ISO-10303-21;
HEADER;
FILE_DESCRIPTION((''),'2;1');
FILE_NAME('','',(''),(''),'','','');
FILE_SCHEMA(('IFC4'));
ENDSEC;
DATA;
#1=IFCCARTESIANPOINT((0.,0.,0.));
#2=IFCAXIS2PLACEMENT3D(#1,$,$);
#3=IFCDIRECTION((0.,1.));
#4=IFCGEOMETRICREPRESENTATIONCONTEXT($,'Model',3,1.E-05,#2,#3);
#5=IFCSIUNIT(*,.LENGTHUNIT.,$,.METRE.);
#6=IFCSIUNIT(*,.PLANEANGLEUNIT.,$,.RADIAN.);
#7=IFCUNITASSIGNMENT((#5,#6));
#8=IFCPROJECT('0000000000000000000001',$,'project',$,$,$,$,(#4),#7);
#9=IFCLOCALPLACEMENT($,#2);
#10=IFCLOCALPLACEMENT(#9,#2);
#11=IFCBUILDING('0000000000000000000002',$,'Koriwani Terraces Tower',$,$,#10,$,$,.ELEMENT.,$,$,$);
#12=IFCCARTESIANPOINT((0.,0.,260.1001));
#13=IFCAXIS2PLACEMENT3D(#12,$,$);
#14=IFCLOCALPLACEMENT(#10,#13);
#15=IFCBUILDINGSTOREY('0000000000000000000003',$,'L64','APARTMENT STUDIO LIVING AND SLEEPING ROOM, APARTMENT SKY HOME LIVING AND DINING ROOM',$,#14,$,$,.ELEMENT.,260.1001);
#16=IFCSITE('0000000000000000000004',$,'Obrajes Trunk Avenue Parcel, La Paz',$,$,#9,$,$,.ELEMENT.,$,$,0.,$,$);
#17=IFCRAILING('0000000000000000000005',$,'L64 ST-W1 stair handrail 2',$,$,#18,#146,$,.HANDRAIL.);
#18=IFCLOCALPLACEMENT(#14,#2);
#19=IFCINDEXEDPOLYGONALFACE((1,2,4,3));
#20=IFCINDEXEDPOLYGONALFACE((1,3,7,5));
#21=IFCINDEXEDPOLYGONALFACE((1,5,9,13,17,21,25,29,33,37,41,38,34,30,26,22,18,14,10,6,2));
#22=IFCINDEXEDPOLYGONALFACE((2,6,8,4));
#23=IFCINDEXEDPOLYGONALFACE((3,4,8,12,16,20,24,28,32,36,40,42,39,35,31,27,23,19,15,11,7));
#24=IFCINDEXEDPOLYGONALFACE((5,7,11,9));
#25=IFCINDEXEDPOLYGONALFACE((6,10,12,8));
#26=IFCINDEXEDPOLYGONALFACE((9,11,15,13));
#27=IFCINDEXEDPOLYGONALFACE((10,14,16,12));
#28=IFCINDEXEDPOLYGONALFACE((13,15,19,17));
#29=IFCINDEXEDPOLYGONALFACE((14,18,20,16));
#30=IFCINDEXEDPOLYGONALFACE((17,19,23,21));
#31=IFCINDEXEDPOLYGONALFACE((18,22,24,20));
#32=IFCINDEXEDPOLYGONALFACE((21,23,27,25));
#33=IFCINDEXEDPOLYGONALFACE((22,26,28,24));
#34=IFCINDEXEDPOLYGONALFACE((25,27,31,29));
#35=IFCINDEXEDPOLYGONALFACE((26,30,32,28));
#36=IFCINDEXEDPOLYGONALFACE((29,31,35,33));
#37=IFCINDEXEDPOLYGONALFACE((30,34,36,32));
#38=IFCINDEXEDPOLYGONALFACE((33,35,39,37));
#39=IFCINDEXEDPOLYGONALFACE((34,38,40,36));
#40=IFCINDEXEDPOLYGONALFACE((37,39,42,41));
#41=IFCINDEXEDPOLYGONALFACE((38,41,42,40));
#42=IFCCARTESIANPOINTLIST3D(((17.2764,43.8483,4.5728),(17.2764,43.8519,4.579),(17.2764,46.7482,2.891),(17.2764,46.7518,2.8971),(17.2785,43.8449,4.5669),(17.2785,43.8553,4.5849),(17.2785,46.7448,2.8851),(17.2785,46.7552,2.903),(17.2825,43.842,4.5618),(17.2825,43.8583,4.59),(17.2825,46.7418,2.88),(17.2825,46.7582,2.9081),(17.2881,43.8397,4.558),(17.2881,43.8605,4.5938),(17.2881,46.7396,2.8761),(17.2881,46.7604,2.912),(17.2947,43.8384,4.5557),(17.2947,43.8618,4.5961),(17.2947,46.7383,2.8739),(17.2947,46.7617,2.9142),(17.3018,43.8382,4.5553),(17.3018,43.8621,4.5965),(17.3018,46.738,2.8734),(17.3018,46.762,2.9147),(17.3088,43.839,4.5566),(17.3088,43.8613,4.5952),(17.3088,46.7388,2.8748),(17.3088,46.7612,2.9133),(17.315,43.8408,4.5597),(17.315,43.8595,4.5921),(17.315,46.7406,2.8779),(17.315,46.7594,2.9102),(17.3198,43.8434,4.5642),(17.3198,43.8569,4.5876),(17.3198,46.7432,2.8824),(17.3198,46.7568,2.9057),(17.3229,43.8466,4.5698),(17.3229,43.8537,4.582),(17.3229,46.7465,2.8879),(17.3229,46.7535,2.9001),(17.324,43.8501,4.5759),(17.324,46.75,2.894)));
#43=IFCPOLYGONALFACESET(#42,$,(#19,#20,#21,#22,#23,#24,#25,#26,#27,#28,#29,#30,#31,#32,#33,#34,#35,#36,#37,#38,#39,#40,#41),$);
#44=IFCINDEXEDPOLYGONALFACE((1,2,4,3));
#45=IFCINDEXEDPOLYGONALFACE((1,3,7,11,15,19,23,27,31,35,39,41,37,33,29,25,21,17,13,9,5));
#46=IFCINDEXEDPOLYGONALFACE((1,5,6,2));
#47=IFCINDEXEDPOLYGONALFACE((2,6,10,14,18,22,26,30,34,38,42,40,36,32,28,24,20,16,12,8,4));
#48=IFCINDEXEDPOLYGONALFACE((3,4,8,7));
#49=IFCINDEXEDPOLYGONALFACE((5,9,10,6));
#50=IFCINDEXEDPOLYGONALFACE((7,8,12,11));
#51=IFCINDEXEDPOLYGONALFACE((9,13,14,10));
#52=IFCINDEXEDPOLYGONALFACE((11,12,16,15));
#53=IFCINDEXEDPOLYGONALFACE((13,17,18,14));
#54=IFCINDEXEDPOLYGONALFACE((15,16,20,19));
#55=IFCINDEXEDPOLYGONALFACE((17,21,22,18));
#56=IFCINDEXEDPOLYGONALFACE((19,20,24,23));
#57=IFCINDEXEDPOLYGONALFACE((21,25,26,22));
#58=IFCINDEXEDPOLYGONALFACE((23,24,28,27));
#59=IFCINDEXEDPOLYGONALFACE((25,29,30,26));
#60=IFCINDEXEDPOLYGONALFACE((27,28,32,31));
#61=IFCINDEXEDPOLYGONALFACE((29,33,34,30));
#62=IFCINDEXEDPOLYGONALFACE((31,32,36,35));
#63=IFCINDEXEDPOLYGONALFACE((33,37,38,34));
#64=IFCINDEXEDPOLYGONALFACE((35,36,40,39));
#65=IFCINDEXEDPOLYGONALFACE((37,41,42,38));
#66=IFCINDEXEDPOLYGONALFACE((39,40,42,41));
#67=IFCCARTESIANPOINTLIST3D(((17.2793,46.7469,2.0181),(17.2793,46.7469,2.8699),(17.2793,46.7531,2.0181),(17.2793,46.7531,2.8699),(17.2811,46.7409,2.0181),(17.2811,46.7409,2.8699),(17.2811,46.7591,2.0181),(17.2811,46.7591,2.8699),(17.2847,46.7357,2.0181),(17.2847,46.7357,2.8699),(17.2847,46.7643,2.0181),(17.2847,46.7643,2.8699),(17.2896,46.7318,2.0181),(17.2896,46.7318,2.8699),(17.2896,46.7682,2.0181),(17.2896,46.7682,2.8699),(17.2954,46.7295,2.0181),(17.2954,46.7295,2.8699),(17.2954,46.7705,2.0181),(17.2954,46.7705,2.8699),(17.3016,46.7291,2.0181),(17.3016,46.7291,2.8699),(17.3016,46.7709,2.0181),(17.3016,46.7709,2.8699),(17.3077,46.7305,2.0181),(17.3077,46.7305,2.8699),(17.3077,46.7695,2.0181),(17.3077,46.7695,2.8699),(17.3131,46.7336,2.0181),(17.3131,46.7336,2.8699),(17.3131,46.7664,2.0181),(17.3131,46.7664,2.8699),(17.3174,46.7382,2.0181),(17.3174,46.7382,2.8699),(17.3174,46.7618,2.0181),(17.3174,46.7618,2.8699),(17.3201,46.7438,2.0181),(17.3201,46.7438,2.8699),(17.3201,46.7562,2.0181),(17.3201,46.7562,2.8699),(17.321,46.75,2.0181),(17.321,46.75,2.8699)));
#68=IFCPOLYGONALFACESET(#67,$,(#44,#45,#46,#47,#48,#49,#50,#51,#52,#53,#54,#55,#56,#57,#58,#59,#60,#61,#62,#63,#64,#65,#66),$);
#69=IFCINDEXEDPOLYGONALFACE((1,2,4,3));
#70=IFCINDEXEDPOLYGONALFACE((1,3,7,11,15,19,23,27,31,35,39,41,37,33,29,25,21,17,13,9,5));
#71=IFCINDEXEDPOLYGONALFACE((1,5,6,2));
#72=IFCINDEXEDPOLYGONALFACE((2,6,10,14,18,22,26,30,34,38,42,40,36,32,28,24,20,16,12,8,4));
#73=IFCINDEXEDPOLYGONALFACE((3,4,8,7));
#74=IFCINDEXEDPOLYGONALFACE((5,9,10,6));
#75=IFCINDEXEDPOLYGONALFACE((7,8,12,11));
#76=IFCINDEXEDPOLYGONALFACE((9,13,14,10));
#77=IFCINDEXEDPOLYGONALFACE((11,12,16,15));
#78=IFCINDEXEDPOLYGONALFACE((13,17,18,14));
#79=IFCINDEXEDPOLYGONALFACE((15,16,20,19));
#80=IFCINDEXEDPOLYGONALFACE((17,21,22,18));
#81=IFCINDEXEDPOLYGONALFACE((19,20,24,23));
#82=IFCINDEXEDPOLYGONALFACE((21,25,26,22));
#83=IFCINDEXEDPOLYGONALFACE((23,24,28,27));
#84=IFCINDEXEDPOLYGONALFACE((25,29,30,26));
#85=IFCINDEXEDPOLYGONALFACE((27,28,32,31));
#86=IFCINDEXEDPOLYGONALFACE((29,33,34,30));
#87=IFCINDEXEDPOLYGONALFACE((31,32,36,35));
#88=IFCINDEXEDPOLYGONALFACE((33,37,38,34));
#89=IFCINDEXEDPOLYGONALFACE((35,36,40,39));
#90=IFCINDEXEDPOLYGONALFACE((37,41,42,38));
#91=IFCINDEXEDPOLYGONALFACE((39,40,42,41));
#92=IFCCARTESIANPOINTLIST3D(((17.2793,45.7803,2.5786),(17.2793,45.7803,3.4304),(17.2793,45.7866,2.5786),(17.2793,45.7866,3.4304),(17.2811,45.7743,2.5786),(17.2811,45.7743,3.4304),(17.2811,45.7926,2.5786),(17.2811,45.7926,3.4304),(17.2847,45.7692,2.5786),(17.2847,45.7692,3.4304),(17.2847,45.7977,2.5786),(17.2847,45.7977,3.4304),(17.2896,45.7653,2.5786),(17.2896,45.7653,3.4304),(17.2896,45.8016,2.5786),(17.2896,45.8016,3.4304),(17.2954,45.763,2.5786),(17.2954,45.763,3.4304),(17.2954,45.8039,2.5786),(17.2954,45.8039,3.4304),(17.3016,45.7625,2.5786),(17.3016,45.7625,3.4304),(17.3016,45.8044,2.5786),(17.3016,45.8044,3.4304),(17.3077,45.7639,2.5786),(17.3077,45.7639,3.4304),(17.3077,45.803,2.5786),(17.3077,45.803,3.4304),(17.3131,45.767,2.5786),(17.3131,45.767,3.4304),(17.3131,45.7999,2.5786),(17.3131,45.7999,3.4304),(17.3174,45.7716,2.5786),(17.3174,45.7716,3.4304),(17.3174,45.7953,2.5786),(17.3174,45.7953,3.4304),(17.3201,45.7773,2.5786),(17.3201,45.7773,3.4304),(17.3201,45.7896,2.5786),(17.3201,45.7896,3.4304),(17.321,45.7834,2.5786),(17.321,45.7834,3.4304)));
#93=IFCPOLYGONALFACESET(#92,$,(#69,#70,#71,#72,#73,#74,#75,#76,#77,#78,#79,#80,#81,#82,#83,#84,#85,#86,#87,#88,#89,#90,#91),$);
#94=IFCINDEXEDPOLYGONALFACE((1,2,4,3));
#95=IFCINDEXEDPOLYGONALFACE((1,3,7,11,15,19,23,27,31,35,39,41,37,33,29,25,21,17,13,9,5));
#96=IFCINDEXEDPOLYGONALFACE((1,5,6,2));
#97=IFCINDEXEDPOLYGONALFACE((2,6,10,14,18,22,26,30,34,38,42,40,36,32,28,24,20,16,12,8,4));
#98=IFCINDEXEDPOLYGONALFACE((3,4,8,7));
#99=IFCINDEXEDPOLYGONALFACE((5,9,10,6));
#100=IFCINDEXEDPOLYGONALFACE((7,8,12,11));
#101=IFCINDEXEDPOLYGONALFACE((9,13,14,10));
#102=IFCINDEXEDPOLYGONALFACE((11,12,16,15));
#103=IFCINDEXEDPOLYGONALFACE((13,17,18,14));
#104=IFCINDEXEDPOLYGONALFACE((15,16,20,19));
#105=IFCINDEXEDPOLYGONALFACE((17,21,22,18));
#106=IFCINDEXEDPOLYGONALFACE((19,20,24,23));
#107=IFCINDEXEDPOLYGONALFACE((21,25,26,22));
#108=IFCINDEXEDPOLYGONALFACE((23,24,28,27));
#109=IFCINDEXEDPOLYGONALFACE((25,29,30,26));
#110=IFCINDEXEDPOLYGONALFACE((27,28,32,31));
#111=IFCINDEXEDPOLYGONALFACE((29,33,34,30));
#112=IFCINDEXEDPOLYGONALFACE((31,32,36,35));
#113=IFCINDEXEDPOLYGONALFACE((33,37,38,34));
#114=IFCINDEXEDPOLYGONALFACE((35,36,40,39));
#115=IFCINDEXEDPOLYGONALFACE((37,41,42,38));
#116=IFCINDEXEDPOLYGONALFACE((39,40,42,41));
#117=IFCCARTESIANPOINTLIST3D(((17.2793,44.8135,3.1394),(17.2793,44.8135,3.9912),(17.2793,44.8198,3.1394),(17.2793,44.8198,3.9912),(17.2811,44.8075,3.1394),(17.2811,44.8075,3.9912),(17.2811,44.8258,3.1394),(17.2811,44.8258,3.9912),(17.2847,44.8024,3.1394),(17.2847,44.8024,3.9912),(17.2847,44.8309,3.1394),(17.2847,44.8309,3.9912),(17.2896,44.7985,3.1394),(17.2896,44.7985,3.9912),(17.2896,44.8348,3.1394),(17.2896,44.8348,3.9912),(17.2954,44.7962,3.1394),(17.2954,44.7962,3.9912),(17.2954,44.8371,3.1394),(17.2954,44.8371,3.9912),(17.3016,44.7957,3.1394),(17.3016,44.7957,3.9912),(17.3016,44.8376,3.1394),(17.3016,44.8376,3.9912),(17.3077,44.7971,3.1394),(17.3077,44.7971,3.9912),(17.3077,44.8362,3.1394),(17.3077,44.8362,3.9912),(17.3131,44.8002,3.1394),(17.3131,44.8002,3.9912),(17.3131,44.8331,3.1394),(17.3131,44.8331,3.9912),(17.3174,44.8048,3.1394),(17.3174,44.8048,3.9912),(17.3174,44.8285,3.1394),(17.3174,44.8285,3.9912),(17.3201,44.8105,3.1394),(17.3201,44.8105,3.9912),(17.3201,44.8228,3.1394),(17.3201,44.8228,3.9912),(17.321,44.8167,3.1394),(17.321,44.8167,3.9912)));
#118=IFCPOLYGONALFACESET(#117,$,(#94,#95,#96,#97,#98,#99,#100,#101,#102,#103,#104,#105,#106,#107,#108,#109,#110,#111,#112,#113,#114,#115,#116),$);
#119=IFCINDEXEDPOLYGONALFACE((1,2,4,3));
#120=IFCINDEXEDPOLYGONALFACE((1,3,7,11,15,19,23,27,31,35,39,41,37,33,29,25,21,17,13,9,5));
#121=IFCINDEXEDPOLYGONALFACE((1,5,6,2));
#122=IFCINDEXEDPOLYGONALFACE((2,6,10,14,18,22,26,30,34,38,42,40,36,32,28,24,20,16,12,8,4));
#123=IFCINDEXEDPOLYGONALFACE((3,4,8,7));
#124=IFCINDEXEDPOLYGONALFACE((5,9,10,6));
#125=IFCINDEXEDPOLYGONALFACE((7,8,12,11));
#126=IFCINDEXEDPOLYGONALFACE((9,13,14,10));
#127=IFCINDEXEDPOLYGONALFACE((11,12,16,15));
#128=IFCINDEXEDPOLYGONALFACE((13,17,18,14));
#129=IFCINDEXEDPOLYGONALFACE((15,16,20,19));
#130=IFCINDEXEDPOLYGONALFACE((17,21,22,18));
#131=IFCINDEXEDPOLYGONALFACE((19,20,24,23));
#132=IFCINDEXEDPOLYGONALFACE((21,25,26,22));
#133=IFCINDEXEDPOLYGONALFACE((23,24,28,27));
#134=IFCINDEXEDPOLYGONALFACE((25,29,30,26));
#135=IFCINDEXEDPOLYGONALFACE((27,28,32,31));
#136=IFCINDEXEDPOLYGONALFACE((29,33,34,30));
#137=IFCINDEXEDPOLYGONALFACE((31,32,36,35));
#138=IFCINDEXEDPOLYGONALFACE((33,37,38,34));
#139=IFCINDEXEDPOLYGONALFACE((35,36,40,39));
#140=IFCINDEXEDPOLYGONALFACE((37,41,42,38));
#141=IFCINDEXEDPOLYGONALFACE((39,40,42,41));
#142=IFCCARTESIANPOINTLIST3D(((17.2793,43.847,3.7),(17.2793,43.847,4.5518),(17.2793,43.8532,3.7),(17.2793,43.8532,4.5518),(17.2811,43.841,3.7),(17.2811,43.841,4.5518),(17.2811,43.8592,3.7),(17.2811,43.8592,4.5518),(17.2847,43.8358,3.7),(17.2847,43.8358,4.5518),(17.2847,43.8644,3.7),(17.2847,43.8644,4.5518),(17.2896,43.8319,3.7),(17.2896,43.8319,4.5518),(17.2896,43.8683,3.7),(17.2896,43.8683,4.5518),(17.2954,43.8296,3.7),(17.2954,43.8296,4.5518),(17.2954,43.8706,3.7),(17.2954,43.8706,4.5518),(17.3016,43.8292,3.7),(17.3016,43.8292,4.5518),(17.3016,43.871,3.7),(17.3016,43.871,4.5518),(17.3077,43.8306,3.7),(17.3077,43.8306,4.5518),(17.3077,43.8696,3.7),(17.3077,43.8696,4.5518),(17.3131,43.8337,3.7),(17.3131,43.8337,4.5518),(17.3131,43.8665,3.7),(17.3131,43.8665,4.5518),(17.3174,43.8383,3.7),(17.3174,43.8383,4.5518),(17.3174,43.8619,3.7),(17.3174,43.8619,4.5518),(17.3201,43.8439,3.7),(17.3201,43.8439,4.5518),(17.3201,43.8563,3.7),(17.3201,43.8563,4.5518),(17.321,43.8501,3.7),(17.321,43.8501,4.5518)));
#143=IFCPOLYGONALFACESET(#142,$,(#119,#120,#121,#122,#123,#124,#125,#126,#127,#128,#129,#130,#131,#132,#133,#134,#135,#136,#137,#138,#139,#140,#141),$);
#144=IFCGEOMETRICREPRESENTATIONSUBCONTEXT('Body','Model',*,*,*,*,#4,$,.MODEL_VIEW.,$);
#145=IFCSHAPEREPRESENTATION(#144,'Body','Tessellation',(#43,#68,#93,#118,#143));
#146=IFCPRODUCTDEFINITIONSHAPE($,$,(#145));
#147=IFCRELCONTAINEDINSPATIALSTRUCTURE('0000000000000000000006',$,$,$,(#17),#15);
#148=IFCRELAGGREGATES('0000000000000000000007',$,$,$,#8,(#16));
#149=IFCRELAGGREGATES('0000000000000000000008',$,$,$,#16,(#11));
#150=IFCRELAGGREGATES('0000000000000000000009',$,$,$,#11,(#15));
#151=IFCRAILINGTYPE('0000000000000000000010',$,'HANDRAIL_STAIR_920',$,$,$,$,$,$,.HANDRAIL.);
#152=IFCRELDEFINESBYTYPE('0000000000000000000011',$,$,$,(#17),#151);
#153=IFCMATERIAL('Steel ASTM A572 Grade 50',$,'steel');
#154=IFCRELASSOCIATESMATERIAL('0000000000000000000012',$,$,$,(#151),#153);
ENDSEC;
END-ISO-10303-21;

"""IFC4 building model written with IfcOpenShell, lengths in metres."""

from ifc_helpers import new_model, si_unit, direction, frame, origin, origin_2d, place, context, subcontext, project, spatial, circle, extrude, material, type_object, element, save


model = new_model("IFC4")

# Units and contexts
model_context = context("Model", 3, precision=1e-05, world=origin(), true_north=direction((0.0, 1.0)))
body_context = subcontext(model_context, "Body", "Model", "MODEL_VIEW")
ifc_project = project(units=[si_unit("LENGTHUNIT", "METRE"), si_unit("PLANEANGLEUNIT", "RADIAN")], contexts=[model_context])

# Site, building, storey
site_placement = place(None, origin())
site = spatial("IfcSite", under=ifc_project, at=site_placement, Name="Obrajes Trunk Avenue Parcel, La Paz", CompositionType="ELEMENT", RefElevation=0.0)
building_placement = place(site_placement, origin())
building = spatial("IfcBuilding", under=site, at=building_placement, Name="Koriwani Terraces Tower", CompositionType="ELEMENT")
storey_placement = place(building_placement, frame((0.0, 0.0, 260.1001)))
storey = spatial("IfcBuildingStorey", under=building, at=storey_placement, Name="L64", Description="APARTMENT STUDIO LIVING AND SLEEPING ROOM, APARTMENT SKY HOME LIVING AND DINING ROOM", CompositionType="ELEMENT", Elevation=260.1001)

# Railing
ifc_material_1 = material(Name="Steel ASTM A572 Grade 50", Category="steel")
railing_type_1 = type_object("IfcRailingType", Name="HANDRAIL_STAIR_920", PredefinedType="HANDRAIL", material=ifc_material_1)
for number, where, name in (
    (1, (17.3, 46.75, 2.0181), "L64 ST-W1 stair handrail 2"),
):
    element("IfcRailing", number, at=place(storey_placement, frame(where)), inside=storey, type_object=railing_type_1, Name=name, PredefinedType="HANDRAIL", context=body_context, shape_type="SweptSolid", body=[
        extrude(circle(Radius=0.0239, at=origin_2d()), frame((0.0, 0.0, 0.876), z_axis=(0.0, -0.865039, 0.501705), x_axis=(1.0, 0.0, 0.0)), (0.0, 0.0, 1.0), 3.3523),
        extrude(circle(Radius=0.021, at=origin_2d()), origin(), (0.0, 0.0, 1.0), 0.8518),
        extrude(circle(Radius=0.021, at=origin_2d()), frame((0.0, -0.9666, 0.5605)), (0.0, 0.0, 1.0), 0.8518),
        extrude(circle(Radius=0.021, at=origin_2d()), frame((0.0, -1.9333, 1.1213)), (0.0, 0.0, 1.0), 0.8518),
        extrude(circle(Radius=0.021, at=origin_2d()), frame((0.0, -2.8999, 1.6819)), (0.0, 0.0, 1.0), 0.8518),
    ])

save(model, "model.ifc")
